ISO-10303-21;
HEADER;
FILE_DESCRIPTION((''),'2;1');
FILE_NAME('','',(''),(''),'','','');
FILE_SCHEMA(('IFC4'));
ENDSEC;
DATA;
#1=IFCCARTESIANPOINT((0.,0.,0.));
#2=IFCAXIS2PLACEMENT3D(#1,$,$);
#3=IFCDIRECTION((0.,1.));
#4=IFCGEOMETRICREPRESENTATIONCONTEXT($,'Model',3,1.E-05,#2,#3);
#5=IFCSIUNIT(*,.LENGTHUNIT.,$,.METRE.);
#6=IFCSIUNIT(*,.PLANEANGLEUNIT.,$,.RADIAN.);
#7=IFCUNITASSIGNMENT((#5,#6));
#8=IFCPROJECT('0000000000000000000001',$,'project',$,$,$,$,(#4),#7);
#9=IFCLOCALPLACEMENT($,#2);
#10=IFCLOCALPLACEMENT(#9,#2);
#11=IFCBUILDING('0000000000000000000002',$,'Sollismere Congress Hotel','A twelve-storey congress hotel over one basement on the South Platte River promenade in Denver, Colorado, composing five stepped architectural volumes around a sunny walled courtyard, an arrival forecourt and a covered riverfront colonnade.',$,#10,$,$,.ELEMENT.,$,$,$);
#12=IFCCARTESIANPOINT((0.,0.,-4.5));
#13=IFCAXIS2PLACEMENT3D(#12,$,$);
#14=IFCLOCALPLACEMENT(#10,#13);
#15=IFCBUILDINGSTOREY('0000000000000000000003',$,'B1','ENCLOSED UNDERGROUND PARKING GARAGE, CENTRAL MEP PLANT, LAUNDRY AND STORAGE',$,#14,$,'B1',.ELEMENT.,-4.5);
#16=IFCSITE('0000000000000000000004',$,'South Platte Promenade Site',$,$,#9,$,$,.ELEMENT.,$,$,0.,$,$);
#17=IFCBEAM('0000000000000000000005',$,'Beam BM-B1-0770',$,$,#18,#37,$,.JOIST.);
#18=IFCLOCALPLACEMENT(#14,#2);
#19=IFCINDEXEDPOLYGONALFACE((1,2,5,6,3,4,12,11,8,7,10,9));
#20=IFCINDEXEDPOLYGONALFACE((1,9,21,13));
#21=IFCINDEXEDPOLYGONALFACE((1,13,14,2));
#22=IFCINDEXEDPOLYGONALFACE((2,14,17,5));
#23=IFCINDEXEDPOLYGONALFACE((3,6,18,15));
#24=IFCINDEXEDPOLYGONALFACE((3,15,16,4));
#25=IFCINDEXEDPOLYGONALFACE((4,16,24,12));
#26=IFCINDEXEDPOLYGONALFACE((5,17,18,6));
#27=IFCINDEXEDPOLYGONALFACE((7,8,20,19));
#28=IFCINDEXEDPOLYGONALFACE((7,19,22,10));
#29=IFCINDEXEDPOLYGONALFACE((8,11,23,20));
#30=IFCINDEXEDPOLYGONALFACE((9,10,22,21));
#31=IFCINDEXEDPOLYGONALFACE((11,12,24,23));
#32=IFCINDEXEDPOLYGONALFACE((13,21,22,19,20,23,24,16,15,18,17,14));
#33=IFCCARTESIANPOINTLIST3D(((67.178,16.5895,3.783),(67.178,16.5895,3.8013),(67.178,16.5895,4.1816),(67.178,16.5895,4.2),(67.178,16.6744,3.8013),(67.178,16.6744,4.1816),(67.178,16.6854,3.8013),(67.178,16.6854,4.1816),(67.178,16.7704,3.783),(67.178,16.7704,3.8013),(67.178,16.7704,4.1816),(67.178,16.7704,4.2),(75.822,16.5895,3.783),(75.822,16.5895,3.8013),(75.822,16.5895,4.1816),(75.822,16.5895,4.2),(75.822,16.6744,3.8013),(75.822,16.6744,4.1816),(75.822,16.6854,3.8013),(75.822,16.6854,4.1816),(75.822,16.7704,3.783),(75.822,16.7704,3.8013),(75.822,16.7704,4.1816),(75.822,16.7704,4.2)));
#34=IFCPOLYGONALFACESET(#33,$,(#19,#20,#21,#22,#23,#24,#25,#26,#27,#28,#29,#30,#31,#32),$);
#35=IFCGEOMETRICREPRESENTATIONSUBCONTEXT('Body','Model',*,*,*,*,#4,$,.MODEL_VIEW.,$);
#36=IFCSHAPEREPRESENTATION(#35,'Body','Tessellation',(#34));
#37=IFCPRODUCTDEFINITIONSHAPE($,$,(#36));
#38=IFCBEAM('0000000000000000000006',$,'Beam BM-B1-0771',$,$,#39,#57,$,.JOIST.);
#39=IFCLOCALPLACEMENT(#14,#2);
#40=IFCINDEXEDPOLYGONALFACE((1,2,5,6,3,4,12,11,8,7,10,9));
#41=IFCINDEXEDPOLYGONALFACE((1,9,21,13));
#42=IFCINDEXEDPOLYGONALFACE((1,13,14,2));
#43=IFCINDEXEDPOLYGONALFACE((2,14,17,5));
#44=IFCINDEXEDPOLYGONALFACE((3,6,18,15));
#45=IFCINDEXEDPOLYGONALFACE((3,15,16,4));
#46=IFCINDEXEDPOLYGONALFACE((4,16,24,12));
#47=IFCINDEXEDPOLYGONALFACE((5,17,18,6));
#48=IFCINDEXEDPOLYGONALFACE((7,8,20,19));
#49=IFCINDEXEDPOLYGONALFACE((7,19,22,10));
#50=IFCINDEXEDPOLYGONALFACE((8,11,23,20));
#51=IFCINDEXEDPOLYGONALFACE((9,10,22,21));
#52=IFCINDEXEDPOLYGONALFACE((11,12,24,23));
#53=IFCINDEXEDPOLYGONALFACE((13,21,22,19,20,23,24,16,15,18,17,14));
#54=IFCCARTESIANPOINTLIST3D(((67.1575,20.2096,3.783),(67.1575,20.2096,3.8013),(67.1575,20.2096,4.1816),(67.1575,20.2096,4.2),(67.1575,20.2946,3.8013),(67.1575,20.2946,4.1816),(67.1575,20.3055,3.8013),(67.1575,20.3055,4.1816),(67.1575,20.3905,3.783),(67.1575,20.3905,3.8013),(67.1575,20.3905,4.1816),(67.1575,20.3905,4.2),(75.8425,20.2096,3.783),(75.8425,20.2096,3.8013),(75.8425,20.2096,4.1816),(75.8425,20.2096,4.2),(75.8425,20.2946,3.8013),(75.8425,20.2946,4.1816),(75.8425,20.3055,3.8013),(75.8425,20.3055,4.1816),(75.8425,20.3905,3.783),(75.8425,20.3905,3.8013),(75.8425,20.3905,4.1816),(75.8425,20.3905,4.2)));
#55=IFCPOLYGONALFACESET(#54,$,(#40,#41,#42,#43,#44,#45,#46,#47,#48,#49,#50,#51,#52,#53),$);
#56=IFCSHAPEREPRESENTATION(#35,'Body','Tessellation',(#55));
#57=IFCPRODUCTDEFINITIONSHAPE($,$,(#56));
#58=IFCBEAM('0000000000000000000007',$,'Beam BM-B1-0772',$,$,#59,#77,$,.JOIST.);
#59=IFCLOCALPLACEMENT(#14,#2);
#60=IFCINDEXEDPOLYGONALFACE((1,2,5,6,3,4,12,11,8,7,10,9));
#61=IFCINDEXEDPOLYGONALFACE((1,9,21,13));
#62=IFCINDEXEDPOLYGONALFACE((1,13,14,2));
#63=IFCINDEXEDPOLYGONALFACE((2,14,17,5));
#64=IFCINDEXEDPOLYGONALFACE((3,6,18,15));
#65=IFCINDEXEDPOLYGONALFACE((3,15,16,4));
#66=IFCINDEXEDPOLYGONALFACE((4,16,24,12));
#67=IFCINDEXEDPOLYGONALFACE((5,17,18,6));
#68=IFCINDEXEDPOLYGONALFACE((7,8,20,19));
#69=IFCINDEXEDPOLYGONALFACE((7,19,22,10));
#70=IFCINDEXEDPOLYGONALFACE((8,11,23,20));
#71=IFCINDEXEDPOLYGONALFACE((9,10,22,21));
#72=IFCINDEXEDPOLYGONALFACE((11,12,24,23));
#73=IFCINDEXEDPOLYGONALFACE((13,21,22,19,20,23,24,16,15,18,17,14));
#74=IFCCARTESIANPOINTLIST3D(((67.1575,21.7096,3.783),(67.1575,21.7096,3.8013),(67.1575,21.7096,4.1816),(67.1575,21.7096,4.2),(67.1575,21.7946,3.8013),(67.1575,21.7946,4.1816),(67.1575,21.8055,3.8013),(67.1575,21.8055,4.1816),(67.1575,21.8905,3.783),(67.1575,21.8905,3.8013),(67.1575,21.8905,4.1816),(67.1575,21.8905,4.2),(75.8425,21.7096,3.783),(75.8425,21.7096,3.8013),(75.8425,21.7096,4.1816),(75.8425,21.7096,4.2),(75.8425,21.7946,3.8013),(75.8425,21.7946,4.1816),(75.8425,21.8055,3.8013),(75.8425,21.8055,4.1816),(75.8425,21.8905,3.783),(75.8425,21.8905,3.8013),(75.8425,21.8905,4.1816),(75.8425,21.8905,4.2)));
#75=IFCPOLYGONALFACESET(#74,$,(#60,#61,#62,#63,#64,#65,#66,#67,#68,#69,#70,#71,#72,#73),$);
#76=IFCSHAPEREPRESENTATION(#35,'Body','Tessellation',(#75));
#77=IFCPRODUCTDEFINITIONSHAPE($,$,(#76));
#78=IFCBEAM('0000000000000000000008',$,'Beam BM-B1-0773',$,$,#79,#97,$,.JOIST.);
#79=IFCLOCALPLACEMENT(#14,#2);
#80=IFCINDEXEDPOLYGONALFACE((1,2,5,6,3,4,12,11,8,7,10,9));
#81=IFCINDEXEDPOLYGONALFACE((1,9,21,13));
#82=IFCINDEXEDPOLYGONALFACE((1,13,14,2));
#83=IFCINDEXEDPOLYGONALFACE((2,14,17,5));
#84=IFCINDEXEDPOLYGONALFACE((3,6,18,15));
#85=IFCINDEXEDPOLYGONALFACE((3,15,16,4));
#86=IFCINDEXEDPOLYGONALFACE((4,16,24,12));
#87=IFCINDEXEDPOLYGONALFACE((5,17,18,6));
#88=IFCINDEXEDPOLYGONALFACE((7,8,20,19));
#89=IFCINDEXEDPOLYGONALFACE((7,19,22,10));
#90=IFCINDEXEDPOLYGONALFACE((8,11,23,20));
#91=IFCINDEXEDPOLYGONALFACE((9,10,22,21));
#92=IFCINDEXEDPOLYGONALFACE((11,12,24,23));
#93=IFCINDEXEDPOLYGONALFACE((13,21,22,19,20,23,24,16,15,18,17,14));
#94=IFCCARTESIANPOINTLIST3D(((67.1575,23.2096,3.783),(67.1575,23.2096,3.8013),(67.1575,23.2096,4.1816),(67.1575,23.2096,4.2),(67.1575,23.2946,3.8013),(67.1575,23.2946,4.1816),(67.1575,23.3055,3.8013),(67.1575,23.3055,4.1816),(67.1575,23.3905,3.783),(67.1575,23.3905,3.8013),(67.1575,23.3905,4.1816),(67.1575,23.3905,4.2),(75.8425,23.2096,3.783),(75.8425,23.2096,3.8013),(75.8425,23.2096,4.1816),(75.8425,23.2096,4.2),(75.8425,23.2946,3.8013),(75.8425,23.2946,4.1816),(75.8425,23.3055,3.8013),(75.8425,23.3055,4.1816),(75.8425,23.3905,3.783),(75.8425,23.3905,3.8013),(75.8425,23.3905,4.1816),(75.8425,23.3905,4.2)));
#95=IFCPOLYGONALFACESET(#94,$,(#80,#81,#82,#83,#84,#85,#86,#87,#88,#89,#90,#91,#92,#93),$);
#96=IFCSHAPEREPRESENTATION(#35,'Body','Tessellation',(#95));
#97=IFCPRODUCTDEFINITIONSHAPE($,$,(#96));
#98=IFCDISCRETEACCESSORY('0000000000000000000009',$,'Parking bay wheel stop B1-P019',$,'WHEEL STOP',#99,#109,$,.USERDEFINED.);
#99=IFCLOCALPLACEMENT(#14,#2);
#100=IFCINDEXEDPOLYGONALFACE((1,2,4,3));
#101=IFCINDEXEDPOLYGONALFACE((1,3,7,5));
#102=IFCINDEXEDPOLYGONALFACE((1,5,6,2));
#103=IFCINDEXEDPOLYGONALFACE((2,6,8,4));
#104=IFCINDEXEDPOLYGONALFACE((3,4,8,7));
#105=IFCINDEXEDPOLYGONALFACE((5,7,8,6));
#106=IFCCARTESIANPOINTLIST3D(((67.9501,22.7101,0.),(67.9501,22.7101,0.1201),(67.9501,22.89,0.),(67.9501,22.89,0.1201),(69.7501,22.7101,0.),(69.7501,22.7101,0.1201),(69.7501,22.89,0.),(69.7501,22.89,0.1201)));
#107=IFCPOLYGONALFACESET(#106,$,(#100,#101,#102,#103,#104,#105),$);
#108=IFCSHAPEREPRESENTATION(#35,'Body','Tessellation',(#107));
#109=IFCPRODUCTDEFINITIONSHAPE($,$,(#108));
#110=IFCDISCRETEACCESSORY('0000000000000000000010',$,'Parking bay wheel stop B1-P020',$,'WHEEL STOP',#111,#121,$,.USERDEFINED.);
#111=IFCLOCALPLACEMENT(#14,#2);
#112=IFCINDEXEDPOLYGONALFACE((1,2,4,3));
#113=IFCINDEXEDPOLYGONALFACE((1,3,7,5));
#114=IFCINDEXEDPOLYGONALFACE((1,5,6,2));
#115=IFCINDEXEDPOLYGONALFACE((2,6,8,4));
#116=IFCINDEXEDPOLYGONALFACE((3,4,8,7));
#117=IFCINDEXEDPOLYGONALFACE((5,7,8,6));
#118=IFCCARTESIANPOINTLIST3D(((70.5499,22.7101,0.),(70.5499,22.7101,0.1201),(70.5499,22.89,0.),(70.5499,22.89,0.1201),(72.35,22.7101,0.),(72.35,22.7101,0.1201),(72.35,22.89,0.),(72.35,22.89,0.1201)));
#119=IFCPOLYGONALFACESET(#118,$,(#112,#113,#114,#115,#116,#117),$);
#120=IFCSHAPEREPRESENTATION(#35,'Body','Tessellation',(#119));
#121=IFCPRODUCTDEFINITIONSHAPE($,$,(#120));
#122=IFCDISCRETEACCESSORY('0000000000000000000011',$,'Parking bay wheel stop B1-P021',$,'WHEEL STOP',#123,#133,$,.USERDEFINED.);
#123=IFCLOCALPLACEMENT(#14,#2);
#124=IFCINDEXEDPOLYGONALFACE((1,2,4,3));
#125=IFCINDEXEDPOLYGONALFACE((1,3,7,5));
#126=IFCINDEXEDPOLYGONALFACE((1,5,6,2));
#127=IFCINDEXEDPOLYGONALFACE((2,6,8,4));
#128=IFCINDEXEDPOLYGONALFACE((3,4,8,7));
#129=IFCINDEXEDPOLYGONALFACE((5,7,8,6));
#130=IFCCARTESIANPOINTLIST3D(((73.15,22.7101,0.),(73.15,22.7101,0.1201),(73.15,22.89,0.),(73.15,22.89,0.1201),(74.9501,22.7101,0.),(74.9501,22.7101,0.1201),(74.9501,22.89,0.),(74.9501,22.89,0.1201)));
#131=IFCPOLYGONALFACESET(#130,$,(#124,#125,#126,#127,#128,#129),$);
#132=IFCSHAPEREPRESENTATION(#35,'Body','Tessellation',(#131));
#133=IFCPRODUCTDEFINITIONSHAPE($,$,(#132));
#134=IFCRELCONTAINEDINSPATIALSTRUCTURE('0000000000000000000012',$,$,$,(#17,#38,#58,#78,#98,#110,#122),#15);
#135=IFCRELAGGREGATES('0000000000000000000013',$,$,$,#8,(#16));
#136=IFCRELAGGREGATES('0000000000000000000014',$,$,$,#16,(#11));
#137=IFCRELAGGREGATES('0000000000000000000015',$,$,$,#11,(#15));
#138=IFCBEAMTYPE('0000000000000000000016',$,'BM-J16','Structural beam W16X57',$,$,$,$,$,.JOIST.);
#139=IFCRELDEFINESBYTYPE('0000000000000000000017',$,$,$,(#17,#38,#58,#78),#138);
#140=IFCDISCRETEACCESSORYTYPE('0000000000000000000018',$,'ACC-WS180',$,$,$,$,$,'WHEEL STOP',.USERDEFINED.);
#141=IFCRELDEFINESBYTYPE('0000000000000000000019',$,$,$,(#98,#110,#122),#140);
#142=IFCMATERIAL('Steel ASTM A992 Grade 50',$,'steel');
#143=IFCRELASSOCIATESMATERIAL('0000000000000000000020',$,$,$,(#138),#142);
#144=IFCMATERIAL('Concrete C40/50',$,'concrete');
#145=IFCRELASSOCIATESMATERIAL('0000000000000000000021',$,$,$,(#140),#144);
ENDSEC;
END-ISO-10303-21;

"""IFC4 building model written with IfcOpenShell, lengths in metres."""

from ifc_helpers import new_model, si_unit, direction, frame, origin, origin_2d, place, context, subcontext, project, spatial, rectangle, i_section, extrude, material, material_profile, profile_set, type_object, element, save


model = new_model("IFC4")

# Units and contexts
model_context = context("Model", 3, precision=1e-05, world=origin(), true_north=direction((0.0, 1.0)))
body_context = subcontext(model_context, "Body", "Model", "MODEL_VIEW")
ifc_project = project(units=[si_unit("LENGTHUNIT", "METRE"), si_unit("PLANEANGLEUNIT", "RADIAN")], contexts=[model_context])

# Site, building, storey
site_placement = place(None, origin())
site = spatial("IfcSite", under=ifc_project, at=site_placement, Name="South Platte Promenade Site", CompositionType="ELEMENT", RefElevation=0.0)
building_placement = place(site_placement, origin())
building = spatial("IfcBuilding", under=site, at=building_placement, Name="Sollismere Congress Hotel", Description="A twelve-storey congress hotel over one basement on the South Platte River promenade in Denver, Colorado, composing five stepped architectural volumes around a sunny walled courtyard, an arrival forecourt and a covered riverfront colonnade.", CompositionType="ELEMENT")
storey_placement = place(building_placement, frame((0.0, 0.0, -4.5)))
storey = spatial("IfcBuildingStorey", under=building, at=storey_placement, Name="B1", Description="ENCLOSED UNDERGROUND PARKING GARAGE, CENTRAL MEP PLANT, LAUNDRY AND STORAGE", LongName="B1", CompositionType="ELEMENT", Elevation=-4.5)

# Shared definitions
ifc_material_1 = material(Name="Concrete C40/50", Category="concrete")

# Beams
ifc_material_2 = material(Name="Steel ASTM A992 Grade 50", Category="steel")
ifc_material_profile_1 = material_profile(ifc_material_2, i_section(OverallWidth=0.1809, OverallDepth=0.417, WebThickness=0.011, FlangeThickness=0.0183, at=origin_2d()), Name="W16X57")
ifc_profile_set_1 = profile_set([ifc_material_profile_1], Name="Steel ASTM A992 Grade 50")
beam_type_1 = type_object("IfcBeamType", Name="BM-J16", Description="Structural beam W16X57", PredefinedType="JOIST", material=ifc_profile_set_1)
for number, where, z_axis, x_axis, name in (
    (1, (67.178, 16.6799, 3.9915), (1.0, 0.0, 0.0), (0.0, 1.0, 0.0), "Beam BM-B1-0770"),
):
    element("IfcBeam", number, at=place(storey_placement, frame(where, z_axis=z_axis, x_axis=x_axis)), inside=storey, type_object=beam_type_1, Name=name, PredefinedType="JOIST", context=body_context, shape_type="SweptSolid", body=[
        extrude(i_section(OverallWidth=0.1809, OverallDepth=0.417, WebThickness=0.011, FlangeThickness=0.0183, at=origin_2d()), origin(), (0.0, 0.0, 1.0), 8.644),
    ])
for number, where, z_axis, x_axis, name in (
    (2, (67.1575, 20.3, 3.9915), (1.0, 0.0, 0.0), (0.0, 1.0, 0.0), "Beam BM-B1-0771"),
    (3, (67.1575, 21.8, 3.9915), (1.0, 0.0, 0.0), (0.0, 1.0, 0.0), "Beam BM-B1-0772"),
    (4, (67.1575, 23.3, 3.9915), (1.0, 0.0, 0.0), (0.0, 1.0, 0.0), "Beam BM-B1-0773"),
):
    element("IfcBeam", number, at=place(storey_placement, frame(where, z_axis=z_axis, x_axis=x_axis)), inside=storey, type_object=beam_type_1, Name=name, PredefinedType="JOIST", context=body_context, shape_type="SweptSolid", body=[
        extrude(i_section(OverallWidth=0.1809, OverallDepth=0.417, WebThickness=0.011, FlangeThickness=0.0183, at=origin_2d()), origin(), (0.0, 0.0, 1.0), 8.6851),
    ])

# Discrete accessories
discrete_accessory_type = type_object("IfcDiscreteAccessoryType", Name="ACC-WS180", ElementType="WHEEL STOP", PredefinedType="USERDEFINED", material=ifc_material_1)
for number, where, z_axis, x_axis, name in (
    (5, (68.8501, 22.8, 0.0), (0.0, 0.0, 1.0), (1.0, 0.0, 0.0), "Parking bay wheel stop B1-P019"),
    (6, (71.45, 22.8, 0.0), (0.0, 0.0, 1.0), (1.0, 0.0, 0.0), "Parking bay wheel stop B1-P020"),
    (7, (74.05, 22.8, 0.0), (0.0, 0.0, 1.0), (1.0, 0.0, 0.0), "Parking bay wheel stop B1-P021"),
):
    element("IfcDiscreteAccessory", number, at=place(storey_placement, frame(where, z_axis=z_axis, x_axis=x_axis)), inside=storey, type_object=discrete_accessory_type, Name=name, ObjectType="WHEEL STOP", PredefinedType="USERDEFINED", context=body_context, shape_type="SweptSolid", body=[
        extrude(rectangle(XDim=1.8, YDim=0.1799, at=origin_2d()), origin(), (0.0, 0.0, 1.0), 0.1201),
    ])

save(model, "model.ifc")
